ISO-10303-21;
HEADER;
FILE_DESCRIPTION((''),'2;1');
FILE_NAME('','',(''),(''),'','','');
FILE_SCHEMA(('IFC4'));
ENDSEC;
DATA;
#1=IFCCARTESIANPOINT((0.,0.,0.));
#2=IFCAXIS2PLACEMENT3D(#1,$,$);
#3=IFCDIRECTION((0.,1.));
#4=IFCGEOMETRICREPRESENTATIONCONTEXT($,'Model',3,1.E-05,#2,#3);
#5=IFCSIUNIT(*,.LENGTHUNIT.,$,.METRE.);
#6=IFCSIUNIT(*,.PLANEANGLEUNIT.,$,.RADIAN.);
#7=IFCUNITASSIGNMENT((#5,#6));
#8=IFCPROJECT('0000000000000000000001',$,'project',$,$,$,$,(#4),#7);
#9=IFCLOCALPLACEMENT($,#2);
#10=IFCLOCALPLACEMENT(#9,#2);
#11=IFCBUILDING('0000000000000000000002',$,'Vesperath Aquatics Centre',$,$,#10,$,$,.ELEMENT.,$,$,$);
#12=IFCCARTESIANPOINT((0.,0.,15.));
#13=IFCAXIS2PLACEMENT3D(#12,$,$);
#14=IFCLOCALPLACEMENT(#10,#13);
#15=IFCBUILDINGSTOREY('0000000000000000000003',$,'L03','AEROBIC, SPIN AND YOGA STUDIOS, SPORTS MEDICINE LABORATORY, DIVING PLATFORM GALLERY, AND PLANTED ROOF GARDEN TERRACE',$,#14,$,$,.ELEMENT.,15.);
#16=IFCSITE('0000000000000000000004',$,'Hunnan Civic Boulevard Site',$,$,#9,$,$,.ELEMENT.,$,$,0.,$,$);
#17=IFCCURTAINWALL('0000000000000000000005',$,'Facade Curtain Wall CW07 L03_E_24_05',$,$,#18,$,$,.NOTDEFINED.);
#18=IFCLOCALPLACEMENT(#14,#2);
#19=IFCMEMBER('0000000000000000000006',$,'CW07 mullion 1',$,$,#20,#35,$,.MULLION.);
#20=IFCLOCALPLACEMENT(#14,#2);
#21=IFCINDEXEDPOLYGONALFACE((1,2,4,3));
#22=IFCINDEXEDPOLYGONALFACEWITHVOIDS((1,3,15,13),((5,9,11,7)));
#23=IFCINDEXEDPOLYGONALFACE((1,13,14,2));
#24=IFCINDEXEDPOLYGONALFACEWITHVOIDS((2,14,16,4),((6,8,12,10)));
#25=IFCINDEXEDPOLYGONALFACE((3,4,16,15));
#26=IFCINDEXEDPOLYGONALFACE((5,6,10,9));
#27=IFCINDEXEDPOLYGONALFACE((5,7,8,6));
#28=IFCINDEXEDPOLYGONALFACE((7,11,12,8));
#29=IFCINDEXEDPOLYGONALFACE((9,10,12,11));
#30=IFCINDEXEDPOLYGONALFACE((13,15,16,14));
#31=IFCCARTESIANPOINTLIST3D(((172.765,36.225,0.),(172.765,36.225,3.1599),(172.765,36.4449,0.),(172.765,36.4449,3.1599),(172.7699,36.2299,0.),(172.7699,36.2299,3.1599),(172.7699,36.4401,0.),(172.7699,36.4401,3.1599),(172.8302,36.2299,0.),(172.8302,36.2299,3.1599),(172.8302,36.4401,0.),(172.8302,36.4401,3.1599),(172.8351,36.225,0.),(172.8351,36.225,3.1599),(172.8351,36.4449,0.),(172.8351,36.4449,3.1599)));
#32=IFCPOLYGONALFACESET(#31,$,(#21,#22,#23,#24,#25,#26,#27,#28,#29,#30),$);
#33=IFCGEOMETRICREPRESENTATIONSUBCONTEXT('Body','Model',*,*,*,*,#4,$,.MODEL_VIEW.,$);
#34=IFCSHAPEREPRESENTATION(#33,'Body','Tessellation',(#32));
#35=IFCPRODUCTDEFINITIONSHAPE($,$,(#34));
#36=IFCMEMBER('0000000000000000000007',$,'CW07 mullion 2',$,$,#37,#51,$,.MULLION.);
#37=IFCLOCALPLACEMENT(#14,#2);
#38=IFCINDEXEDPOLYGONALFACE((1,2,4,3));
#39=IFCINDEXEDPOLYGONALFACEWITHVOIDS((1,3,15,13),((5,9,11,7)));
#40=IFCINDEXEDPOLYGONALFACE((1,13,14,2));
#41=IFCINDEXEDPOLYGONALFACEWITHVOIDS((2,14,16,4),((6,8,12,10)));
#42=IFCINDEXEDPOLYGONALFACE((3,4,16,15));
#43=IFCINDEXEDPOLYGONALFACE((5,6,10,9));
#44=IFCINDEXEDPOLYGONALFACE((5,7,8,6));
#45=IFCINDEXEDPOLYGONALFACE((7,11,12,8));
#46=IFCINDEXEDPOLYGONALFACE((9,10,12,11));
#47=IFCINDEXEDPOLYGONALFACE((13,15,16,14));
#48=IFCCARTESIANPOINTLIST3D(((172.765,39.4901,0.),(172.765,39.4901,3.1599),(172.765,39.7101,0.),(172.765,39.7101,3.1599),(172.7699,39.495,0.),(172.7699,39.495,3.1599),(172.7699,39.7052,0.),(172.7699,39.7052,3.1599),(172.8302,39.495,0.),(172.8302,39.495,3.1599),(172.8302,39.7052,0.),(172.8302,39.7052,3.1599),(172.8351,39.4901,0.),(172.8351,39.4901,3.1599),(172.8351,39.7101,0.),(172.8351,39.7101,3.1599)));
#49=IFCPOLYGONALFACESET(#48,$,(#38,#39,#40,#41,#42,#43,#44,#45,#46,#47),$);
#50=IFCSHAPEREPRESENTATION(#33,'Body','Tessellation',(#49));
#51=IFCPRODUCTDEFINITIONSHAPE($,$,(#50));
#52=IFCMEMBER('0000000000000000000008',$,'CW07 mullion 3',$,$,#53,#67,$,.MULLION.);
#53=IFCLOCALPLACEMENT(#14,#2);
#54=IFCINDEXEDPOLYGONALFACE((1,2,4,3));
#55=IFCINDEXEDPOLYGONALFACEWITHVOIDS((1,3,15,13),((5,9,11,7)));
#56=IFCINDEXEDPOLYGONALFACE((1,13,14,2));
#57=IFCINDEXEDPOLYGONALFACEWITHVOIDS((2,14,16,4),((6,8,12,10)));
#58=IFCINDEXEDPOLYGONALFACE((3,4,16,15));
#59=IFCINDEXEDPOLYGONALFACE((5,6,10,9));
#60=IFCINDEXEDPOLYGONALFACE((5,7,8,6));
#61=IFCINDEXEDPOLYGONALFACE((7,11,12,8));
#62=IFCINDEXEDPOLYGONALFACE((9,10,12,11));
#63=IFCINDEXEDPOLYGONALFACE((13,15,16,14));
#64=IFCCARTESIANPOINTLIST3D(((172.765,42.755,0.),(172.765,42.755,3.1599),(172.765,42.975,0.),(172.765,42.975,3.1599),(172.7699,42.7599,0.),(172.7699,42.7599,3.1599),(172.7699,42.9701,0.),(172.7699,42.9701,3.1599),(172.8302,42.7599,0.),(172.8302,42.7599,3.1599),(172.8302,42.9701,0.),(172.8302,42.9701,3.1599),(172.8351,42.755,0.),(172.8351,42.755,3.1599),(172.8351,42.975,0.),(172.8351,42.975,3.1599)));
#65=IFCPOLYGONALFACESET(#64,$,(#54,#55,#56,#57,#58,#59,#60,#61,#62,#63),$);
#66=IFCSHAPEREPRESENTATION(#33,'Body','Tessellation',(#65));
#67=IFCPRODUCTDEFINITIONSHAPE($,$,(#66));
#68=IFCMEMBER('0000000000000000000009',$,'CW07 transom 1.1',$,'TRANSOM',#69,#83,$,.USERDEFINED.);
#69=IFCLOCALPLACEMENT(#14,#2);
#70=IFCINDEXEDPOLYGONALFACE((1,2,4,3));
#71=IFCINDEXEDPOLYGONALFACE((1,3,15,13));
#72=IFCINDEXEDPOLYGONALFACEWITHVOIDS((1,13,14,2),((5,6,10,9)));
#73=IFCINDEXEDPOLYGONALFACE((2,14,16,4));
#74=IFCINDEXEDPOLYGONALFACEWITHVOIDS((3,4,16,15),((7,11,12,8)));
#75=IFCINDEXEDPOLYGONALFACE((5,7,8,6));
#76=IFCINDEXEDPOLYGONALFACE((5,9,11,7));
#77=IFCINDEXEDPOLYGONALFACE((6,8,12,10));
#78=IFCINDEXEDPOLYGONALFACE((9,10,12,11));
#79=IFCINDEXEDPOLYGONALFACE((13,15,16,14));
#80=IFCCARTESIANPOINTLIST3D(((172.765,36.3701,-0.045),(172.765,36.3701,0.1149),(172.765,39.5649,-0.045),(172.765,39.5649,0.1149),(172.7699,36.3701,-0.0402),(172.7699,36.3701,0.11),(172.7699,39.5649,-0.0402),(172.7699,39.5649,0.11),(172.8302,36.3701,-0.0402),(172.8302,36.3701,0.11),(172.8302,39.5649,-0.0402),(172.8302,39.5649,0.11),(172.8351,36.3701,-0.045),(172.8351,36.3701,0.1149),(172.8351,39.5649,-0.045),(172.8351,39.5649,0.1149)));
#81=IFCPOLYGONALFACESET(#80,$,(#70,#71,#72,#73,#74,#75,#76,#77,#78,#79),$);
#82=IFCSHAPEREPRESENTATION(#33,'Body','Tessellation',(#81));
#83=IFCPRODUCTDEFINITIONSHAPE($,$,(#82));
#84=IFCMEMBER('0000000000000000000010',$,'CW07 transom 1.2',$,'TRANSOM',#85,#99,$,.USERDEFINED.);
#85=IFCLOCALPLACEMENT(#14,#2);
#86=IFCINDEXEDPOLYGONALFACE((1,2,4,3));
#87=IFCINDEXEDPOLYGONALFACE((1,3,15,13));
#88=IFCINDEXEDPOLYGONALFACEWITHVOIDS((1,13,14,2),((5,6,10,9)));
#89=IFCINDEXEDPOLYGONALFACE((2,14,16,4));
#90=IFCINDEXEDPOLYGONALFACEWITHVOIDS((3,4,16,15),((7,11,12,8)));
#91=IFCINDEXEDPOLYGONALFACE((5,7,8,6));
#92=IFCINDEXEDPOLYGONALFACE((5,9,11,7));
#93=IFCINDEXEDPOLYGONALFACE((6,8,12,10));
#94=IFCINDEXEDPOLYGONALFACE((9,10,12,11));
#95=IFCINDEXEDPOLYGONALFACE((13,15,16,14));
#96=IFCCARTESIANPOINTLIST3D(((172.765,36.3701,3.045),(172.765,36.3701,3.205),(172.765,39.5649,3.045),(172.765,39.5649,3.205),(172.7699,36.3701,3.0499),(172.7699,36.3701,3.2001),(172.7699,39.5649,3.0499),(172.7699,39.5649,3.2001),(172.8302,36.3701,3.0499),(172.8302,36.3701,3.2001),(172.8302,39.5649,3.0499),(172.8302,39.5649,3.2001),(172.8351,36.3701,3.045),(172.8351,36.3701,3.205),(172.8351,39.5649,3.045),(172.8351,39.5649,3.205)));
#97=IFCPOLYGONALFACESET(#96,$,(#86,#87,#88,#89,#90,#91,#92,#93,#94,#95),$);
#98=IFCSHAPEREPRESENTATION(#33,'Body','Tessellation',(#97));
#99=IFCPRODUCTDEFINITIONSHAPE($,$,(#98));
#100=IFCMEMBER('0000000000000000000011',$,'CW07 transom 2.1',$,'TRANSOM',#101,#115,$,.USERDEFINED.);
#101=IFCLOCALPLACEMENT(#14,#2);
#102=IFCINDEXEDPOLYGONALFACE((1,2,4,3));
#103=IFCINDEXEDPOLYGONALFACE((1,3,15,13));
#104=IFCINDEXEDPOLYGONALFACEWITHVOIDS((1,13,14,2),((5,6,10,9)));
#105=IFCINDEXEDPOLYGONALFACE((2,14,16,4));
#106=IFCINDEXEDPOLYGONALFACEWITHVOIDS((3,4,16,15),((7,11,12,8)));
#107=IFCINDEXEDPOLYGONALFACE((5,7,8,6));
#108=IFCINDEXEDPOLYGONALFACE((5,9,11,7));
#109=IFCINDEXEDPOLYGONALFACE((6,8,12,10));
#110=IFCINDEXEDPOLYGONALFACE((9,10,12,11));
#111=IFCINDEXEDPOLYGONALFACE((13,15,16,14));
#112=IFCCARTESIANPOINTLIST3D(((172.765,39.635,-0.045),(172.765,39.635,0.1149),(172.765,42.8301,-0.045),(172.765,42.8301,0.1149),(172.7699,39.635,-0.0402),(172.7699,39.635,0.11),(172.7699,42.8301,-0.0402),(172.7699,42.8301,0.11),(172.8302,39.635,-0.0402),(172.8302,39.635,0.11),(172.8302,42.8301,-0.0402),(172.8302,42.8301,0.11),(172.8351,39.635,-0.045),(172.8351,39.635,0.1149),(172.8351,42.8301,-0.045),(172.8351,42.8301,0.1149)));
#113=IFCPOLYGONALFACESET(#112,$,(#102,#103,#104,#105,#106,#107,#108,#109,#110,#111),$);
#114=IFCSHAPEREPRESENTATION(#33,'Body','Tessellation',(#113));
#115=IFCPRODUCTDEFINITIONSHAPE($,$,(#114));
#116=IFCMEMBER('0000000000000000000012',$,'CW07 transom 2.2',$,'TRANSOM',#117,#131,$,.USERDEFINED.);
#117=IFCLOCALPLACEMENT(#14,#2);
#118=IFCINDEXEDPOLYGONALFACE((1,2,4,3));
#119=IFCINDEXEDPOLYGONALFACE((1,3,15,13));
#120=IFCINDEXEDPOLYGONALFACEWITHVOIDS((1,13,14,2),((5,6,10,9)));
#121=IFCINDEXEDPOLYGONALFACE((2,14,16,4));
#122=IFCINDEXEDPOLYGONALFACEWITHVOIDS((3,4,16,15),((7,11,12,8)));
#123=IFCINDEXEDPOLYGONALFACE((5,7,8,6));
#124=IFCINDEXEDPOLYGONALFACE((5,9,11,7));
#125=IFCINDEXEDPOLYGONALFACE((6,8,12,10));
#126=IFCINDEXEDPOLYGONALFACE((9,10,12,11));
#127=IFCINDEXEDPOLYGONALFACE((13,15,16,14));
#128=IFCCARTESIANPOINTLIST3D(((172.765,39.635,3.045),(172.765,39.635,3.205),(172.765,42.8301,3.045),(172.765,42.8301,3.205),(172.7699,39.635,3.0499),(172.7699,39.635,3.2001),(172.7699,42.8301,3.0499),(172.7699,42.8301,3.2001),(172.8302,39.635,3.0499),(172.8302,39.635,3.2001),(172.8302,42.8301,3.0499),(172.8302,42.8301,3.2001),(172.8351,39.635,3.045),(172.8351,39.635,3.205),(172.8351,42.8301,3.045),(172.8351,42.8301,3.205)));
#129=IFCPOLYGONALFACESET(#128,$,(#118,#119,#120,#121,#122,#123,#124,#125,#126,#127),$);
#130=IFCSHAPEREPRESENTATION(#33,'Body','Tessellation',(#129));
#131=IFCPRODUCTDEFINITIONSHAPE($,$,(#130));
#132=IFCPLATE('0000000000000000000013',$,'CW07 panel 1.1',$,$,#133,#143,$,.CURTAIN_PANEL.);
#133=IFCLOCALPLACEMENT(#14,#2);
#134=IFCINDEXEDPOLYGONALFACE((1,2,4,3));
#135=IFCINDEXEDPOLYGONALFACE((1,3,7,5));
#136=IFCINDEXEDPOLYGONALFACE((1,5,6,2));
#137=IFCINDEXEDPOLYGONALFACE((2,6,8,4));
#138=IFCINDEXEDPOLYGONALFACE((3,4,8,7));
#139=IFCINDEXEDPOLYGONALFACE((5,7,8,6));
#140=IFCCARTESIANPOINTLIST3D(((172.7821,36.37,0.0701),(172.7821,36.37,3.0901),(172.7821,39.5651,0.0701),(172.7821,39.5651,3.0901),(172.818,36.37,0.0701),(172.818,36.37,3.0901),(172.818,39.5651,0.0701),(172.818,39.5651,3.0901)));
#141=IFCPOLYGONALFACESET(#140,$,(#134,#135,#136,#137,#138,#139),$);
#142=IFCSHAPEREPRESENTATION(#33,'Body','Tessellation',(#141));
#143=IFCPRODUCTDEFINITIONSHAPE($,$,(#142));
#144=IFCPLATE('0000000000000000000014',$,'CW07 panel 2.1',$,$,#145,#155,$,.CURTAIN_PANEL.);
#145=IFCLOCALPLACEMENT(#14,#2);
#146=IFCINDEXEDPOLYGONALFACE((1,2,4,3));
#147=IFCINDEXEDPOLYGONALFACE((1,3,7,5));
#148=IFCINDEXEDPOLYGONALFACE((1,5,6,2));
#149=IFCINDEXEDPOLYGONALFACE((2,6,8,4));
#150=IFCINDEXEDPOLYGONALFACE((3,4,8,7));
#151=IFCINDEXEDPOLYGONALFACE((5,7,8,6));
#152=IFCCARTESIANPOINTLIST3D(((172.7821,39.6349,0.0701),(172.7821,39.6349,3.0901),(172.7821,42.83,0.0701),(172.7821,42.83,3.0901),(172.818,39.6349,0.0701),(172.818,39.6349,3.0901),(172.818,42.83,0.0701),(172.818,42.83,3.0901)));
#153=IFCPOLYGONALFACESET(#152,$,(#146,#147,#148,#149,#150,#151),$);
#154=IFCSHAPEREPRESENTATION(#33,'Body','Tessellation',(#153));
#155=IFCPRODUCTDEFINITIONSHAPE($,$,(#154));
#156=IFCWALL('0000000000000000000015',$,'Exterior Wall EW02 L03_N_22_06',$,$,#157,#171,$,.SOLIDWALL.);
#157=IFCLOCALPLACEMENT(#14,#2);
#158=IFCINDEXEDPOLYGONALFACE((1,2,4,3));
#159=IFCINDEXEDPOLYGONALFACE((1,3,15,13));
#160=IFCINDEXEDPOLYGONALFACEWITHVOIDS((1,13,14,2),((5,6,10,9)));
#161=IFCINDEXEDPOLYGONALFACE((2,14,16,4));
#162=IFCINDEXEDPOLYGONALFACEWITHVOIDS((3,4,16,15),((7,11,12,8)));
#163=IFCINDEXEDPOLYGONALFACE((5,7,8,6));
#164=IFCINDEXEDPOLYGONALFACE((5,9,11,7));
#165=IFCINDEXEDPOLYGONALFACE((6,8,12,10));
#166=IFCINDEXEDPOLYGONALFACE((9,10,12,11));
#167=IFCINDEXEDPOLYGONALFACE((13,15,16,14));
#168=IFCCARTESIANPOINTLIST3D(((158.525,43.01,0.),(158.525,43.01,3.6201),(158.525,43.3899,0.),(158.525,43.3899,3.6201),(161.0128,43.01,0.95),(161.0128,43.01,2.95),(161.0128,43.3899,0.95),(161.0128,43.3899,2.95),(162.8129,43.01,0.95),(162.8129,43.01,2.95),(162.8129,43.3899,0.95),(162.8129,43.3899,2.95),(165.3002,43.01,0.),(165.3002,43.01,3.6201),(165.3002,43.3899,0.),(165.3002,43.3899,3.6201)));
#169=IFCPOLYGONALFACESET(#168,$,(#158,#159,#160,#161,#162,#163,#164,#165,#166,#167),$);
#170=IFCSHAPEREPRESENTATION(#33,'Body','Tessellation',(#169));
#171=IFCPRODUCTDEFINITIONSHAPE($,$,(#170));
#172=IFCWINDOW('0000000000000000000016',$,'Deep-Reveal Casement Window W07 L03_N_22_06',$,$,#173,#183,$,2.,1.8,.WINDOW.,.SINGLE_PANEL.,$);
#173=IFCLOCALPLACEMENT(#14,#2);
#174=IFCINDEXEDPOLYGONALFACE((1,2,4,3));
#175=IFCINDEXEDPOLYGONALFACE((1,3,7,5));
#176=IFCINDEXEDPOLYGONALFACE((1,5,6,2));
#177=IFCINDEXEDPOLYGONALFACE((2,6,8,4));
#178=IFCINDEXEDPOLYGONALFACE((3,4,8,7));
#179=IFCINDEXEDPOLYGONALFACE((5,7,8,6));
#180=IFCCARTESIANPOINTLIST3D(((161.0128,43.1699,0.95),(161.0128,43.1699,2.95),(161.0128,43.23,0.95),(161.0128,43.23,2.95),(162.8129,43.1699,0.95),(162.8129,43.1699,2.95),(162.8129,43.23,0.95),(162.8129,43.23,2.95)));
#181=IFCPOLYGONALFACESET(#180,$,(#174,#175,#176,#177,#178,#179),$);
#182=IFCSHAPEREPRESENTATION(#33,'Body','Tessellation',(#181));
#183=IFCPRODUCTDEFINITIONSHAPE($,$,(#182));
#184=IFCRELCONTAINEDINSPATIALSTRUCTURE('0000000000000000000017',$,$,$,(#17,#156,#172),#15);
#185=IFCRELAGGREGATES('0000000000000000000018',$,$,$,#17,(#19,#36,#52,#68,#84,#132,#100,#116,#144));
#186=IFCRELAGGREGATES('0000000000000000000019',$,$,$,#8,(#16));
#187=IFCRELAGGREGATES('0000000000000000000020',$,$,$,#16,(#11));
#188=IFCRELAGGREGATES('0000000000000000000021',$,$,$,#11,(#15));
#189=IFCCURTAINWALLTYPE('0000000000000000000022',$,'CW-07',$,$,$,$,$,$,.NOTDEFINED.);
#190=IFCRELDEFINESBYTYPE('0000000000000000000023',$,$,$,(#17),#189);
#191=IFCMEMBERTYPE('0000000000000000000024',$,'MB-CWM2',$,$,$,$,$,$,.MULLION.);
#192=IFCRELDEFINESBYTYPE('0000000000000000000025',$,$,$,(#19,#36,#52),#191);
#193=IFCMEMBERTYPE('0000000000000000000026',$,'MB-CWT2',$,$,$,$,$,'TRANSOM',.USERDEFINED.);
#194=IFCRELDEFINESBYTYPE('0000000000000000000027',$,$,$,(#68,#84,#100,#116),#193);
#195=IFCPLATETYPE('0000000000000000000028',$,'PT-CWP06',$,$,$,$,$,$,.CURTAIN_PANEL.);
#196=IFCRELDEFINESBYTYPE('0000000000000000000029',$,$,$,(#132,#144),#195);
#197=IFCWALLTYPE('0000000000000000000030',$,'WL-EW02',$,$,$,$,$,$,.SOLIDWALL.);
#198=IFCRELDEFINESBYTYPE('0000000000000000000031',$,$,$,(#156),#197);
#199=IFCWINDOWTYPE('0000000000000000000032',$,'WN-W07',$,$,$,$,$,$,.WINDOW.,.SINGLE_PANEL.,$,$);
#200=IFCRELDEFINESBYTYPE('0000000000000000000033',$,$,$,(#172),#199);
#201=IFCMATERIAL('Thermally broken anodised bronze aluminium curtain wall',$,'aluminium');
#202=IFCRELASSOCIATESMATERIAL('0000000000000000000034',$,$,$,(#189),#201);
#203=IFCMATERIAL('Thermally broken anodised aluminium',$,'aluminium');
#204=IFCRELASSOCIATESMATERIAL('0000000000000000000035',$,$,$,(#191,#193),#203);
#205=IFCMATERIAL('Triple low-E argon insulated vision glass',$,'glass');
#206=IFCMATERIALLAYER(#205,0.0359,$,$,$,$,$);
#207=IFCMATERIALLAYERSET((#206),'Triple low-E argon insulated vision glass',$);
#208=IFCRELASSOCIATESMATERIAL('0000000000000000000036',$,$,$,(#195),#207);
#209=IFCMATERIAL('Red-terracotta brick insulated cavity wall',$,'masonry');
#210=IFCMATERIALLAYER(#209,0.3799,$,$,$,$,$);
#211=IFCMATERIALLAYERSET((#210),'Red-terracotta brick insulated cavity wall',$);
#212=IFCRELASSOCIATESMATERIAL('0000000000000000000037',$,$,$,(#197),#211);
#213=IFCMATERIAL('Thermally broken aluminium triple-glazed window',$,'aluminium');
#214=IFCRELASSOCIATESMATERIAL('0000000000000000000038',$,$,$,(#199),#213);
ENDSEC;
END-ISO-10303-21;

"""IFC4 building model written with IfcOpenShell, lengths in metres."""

from ifc_helpers import new_model, si_unit, direction, frame, frame_2d, origin, origin_2d, place, context, subcontext, project, spatial, rectangle, hollow_rectangle, extrude, material, layer, layer_set, material_profile, profile_set, type_object, element, fill, aggregate, save


model = new_model("IFC4")

# Units and contexts
model_context = context("Model", 3, precision=1e-05, world=origin(), true_north=direction((0.0, 1.0)))
body_context = subcontext(model_context, "Body", "Model", "MODEL_VIEW")
ifc_project = project(units=[si_unit("LENGTHUNIT", "METRE"), si_unit("PLANEANGLEUNIT", "RADIAN")], contexts=[model_context])

# Site, building, storey
site_placement = place(None, origin())
site = spatial("IfcSite", under=ifc_project, at=site_placement, Name="Hunnan Civic Boulevard Site", CompositionType="ELEMENT", RefElevation=0.0)
building_placement = place(site_placement, origin())
building = spatial("IfcBuilding", under=site, at=building_placement, Name="Vesperath Aquatics Centre", CompositionType="ELEMENT")
storey_placement = place(building_placement, frame((0.0, 0.0, 15.0)))
storey = spatial("IfcBuildingStorey", under=building, at=storey_placement, Name="L03", Description="AEROBIC, SPIN AND YOGA STUDIOS, SPORTS MEDICINE LABORATORY, DIVING PLATFORM GALLERY, AND PLANTED ROOF GARDEN TERRACE", CompositionType="ELEMENT", Elevation=15.0)

# Curtain wall, members, plates
ifc_material_1 = material(Name="Thermally broken anodised bronze aluminium curtain wall", Category="aluminium")
curtain_wall_type = type_object("IfcCurtainWallType", Name="CW-07", PredefinedType="NOTDEFINED", material=ifc_material_1)
curtain_wall_placement = place(storey_placement, origin())
curtain_wall = element("IfcCurtainWall", 1, at=curtain_wall_placement, inside=storey, type_object=curtain_wall_type, Name="Facade Curtain Wall CW07 L03_E_24_05", PredefinedType="NOTDEFINED")
ifc_material_2 = material(Name="Thermally broken anodised aluminium", Category="aluminium")
ifc_material_profile_1 = material_profile(ifc_material_2, hollow_rectangle(XDim=0.0701, YDim=0.22, WallThickness=0.0049, at=origin_2d()), Name="CWM 70x220x5")
ifc_profile_set_1 = profile_set([ifc_material_profile_1], Name="Thermally broken anodised aluminium")
member_type_1 = type_object("IfcMemberType", Name="MB-CWM2", PredefinedType="MULLION", material=ifc_profile_set_1)
member_1_placement = place(storey_placement, frame((172.8, 36.335, 0.0), z_axis=(0.0, 0.0, 1.0), x_axis=(-1.0, 0.0, 0.0)))
member_1 = element("IfcMember", 2, at=member_1_placement, type_object=member_type_1, Name="CW07 mullion 1", PredefinedType="MULLION", context=body_context, shape_type="SweptSolid", body=[
    extrude(hollow_rectangle(XDim=0.0701, YDim=0.22, WallThickness=0.0049, at=origin_2d()), origin(), (0.0, 0.0, 1.0), 3.1599),
])
member_2_placement = place(storey_placement, frame((172.8, 39.6001, 0.0), z_axis=(0.0, 0.0, 1.0), x_axis=(-1.0, 0.0, 0.0)))
member_2 = element("IfcMember", 3, at=member_2_placement, type_object=member_type_1, Name="CW07 mullion 2", PredefinedType="MULLION", context=body_context, shape_type="SweptSolid", body=[
    extrude(hollow_rectangle(XDim=0.0701, YDim=0.22, WallThickness=0.0049, at=origin_2d()), origin(), (0.0, 0.0, 1.0), 3.1599),
])
member_3_placement = place(storey_placement, frame((172.8, 42.865, 0.0), z_axis=(0.0, 0.0, 1.0), x_axis=(-1.0, 0.0, 0.0)))
member_3 = element("IfcMember", 4, at=member_3_placement, type_object=member_type_1, Name="CW07 mullion 3", PredefinedType="MULLION", context=body_context, shape_type="SweptSolid", body=[
    extrude(hollow_rectangle(XDim=0.0701, YDim=0.22, WallThickness=0.0049, at=origin_2d()), origin(), (0.0, 0.0, 1.0), 3.1599),
])
ifc_material_profile_2 = material_profile(ifc_material_2, hollow_rectangle(XDim=0.0701, YDim=0.1599, WallThickness=0.0049, at=origin_2d()), Name="CWT 70x160x5")
ifc_profile_set_2 = profile_set([ifc_material_profile_2], Name="Thermally broken anodised aluminium")
member_type_2 = type_object("IfcMemberType", Name="MB-CWT2", ElementType="TRANSOM", PredefinedType="USERDEFINED", material=ifc_profile_set_2)
member_4_placement = place(storey_placement, frame((172.8, 36.3701, 0.0349), z_axis=(0.0, 1.0, 0.0), x_axis=(-1.0, 0.0, 0.0)))
member_4 = element("IfcMember", 5, at=member_4_placement, type_object=member_type_2, Name="CW07 transom 1.1", ObjectType="TRANSOM", PredefinedType="USERDEFINED", context=body_context, shape_type="SweptSolid", body=[
    extrude(hollow_rectangle(XDim=0.0701, YDim=0.1599, WallThickness=0.0049, at=origin_2d()), origin(), (0.0, 0.0, 1.0), 3.1948),
])
member_5_placement = place(storey_placement, frame((172.8, 36.3701, 3.125), z_axis=(0.0, 1.0, 0.0), x_axis=(-1.0, 0.0, 0.0)))
member_5 = element("IfcMember", 6, at=member_5_placement, type_object=member_type_2, Name="CW07 transom 1.2", ObjectType="TRANSOM", PredefinedType="USERDEFINED", context=body_context, shape_type="SweptSolid", body=[
    extrude(hollow_rectangle(XDim=0.0701, YDim=0.1599, WallThickness=0.0049, at=origin_2d()), origin(), (0.0, 0.0, 1.0), 3.1948),
])
member_6_placement = place(storey_placement, frame((172.8, 39.635, 0.0349), z_axis=(0.0, 1.0, 0.0), x_axis=(-1.0, 0.0, 0.0)))
member_6 = element("IfcMember", 7, at=member_6_placement, type_object=member_type_2, Name="CW07 transom 2.1", ObjectType="TRANSOM", PredefinedType="USERDEFINED", context=body_context, shape_type="SweptSolid", body=[
    extrude(hollow_rectangle(XDim=0.0701, YDim=0.1599, WallThickness=0.0049, at=origin_2d()), origin(), (0.0, 0.0, 1.0), 3.1951),
])
member_7_placement = place(storey_placement, frame((172.8, 39.635, 3.125), z_axis=(0.0, 1.0, 0.0), x_axis=(-1.0, 0.0, 0.0)))
member_7 = element("IfcMember", 8, at=member_7_placement, type_object=member_type_2, Name="CW07 transom 2.2", ObjectType="TRANSOM", PredefinedType="USERDEFINED", context=body_context, shape_type="SweptSolid", body=[
    extrude(hollow_rectangle(XDim=0.0701, YDim=0.1599, WallThickness=0.0049, at=origin_2d()), origin(), (0.0, 0.0, 1.0), 3.1951),
])
ifc_material_3 = material(Name="Triple low-E argon insulated vision glass", Category="glass")
ifc_layer_1 = layer(ifc_material_3, 0.0359)
ifc_layer_set_1 = layer_set([ifc_layer_1], Name="Triple low-E argon insulated vision glass")
plate_type = type_object("IfcPlateType", Name="PT-CWP06", PredefinedType="CURTAIN_PANEL", material=ifc_layer_set_1)
plate_1_placement = place(storey_placement, frame((172.8, 37.9675, 0.0701), z_axis=(0.0, 0.0, 1.0), x_axis=(0.0, 1.0, 0.0)))
plate_1 = element("IfcPlate", 9, at=plate_1_placement, type_object=plate_type, Name="CW07 panel 1.1", PredefinedType="CURTAIN_PANEL", context=body_context, shape_type="SweptSolid", body=[
    extrude(rectangle(XDim=3.1951, YDim=0.0359, at=origin_2d()), origin(), (0.0, 0.0, 1.0), 3.02),
])
plate_2_placement = place(storey_placement, frame((172.8, 41.2324, 0.0701), z_axis=(0.0, 0.0, 1.0), x_axis=(0.0, 1.0, 0.0)))
plate_2 = element("IfcPlate", 10, at=plate_2_placement, type_object=plate_type, Name="CW07 panel 2.1", PredefinedType="CURTAIN_PANEL", context=body_context, shape_type="SweptSolid", body=[
    extrude(rectangle(XDim=3.1951, YDim=0.0359, at=origin_2d()), origin(), (0.0, 0.0, 1.0), 3.02),
])
aggregate(curtain_wall, [member_1, member_2, member_3, member_4, member_5, plate_1, member_6, member_7, plate_2])

# Wall, opening, window
ifc_material_4 = material(Name="Red-terracotta brick insulated cavity wall", Category="masonry")
ifc_layer_2 = layer(ifc_material_4, 0.3799)
ifc_layer_set_2 = layer_set([ifc_layer_2], Name="Red-terracotta brick insulated cavity wall")
wall_type = type_object("IfcWallType", Name="WL-EW02", PredefinedType="SOLIDWALL", material=ifc_layer_set_2)
wall_1_placement = place(storey_placement, frame((158.5249, 43.2, 0.0), z_axis=(0.0, 0.0, 1.0), x_axis=(1.0, 0.0, 0.0)))
wall_1 = element("IfcWall", 11, at=wall_1_placement, inside=storey, type_object=wall_type, Name="Exterior Wall EW02 L03_N_22_06", PredefinedType="SOLIDWALL", context=body_context, shape_type="SweptSolid", body=[
    extrude(rectangle(XDim=6.7751, YDim=0.3799, at=frame_2d((3.3877, 0.0))), origin(), (0.0, 0.0, 1.0), 3.6201),
])
opening_1_placement = place(wall_1_placement, frame((2.488, 0.0, 0.95)))
opening_1 = element("IfcOpeningElement", 12, at=opening_1_placement, cuts=wall_1, PredefinedType="OPENING", context=body_context, shape_type="SweptSolid", body=[
    extrude(rectangle(XDim=1.8, YDim=2.0, at=frame_2d((0.8999, 1.0))), frame((0.0, 0.2048, 0.0), z_axis=(0.0, -1.0, 0.0), x_axis=(1.0, 0.0, 0.0)), (0.0, 0.0, 1.0), 0.4097),
])
ifc_material_5 = material(Name="Thermally broken aluminium triple-glazed window", Category="aluminium")
window_type_1 = type_object("IfcWindowType", Name="WN-W07", PartitioningType="SINGLE_PANEL", PredefinedType="WINDOW", material=ifc_material_5)
window_1_placement = place(opening_1_placement, origin())
window_1 = element("IfcWindow", 13, at=window_1_placement, inside=storey, type_object=window_type_1, Name="Deep-Reveal Casement Window W07 L03_N_22_06", OverallHeight=2.0, OverallWidth=1.8, PartitioningType="SINGLE_PANEL", PredefinedType="WINDOW", context=body_context, shape_type="SweptSolid", body=[
    extrude(rectangle(XDim=1.8, YDim=2.0, at=frame_2d((0.8999, 1.0))), frame((0.0, 0.03, 0.0), z_axis=(0.0, -1.0, 0.0), x_axis=(1.0, 0.0, 0.0)), (0.0, 0.0, 1.0), 0.0601),
])
fill(opening_1, window_1)

save(model, "model.ifc")
